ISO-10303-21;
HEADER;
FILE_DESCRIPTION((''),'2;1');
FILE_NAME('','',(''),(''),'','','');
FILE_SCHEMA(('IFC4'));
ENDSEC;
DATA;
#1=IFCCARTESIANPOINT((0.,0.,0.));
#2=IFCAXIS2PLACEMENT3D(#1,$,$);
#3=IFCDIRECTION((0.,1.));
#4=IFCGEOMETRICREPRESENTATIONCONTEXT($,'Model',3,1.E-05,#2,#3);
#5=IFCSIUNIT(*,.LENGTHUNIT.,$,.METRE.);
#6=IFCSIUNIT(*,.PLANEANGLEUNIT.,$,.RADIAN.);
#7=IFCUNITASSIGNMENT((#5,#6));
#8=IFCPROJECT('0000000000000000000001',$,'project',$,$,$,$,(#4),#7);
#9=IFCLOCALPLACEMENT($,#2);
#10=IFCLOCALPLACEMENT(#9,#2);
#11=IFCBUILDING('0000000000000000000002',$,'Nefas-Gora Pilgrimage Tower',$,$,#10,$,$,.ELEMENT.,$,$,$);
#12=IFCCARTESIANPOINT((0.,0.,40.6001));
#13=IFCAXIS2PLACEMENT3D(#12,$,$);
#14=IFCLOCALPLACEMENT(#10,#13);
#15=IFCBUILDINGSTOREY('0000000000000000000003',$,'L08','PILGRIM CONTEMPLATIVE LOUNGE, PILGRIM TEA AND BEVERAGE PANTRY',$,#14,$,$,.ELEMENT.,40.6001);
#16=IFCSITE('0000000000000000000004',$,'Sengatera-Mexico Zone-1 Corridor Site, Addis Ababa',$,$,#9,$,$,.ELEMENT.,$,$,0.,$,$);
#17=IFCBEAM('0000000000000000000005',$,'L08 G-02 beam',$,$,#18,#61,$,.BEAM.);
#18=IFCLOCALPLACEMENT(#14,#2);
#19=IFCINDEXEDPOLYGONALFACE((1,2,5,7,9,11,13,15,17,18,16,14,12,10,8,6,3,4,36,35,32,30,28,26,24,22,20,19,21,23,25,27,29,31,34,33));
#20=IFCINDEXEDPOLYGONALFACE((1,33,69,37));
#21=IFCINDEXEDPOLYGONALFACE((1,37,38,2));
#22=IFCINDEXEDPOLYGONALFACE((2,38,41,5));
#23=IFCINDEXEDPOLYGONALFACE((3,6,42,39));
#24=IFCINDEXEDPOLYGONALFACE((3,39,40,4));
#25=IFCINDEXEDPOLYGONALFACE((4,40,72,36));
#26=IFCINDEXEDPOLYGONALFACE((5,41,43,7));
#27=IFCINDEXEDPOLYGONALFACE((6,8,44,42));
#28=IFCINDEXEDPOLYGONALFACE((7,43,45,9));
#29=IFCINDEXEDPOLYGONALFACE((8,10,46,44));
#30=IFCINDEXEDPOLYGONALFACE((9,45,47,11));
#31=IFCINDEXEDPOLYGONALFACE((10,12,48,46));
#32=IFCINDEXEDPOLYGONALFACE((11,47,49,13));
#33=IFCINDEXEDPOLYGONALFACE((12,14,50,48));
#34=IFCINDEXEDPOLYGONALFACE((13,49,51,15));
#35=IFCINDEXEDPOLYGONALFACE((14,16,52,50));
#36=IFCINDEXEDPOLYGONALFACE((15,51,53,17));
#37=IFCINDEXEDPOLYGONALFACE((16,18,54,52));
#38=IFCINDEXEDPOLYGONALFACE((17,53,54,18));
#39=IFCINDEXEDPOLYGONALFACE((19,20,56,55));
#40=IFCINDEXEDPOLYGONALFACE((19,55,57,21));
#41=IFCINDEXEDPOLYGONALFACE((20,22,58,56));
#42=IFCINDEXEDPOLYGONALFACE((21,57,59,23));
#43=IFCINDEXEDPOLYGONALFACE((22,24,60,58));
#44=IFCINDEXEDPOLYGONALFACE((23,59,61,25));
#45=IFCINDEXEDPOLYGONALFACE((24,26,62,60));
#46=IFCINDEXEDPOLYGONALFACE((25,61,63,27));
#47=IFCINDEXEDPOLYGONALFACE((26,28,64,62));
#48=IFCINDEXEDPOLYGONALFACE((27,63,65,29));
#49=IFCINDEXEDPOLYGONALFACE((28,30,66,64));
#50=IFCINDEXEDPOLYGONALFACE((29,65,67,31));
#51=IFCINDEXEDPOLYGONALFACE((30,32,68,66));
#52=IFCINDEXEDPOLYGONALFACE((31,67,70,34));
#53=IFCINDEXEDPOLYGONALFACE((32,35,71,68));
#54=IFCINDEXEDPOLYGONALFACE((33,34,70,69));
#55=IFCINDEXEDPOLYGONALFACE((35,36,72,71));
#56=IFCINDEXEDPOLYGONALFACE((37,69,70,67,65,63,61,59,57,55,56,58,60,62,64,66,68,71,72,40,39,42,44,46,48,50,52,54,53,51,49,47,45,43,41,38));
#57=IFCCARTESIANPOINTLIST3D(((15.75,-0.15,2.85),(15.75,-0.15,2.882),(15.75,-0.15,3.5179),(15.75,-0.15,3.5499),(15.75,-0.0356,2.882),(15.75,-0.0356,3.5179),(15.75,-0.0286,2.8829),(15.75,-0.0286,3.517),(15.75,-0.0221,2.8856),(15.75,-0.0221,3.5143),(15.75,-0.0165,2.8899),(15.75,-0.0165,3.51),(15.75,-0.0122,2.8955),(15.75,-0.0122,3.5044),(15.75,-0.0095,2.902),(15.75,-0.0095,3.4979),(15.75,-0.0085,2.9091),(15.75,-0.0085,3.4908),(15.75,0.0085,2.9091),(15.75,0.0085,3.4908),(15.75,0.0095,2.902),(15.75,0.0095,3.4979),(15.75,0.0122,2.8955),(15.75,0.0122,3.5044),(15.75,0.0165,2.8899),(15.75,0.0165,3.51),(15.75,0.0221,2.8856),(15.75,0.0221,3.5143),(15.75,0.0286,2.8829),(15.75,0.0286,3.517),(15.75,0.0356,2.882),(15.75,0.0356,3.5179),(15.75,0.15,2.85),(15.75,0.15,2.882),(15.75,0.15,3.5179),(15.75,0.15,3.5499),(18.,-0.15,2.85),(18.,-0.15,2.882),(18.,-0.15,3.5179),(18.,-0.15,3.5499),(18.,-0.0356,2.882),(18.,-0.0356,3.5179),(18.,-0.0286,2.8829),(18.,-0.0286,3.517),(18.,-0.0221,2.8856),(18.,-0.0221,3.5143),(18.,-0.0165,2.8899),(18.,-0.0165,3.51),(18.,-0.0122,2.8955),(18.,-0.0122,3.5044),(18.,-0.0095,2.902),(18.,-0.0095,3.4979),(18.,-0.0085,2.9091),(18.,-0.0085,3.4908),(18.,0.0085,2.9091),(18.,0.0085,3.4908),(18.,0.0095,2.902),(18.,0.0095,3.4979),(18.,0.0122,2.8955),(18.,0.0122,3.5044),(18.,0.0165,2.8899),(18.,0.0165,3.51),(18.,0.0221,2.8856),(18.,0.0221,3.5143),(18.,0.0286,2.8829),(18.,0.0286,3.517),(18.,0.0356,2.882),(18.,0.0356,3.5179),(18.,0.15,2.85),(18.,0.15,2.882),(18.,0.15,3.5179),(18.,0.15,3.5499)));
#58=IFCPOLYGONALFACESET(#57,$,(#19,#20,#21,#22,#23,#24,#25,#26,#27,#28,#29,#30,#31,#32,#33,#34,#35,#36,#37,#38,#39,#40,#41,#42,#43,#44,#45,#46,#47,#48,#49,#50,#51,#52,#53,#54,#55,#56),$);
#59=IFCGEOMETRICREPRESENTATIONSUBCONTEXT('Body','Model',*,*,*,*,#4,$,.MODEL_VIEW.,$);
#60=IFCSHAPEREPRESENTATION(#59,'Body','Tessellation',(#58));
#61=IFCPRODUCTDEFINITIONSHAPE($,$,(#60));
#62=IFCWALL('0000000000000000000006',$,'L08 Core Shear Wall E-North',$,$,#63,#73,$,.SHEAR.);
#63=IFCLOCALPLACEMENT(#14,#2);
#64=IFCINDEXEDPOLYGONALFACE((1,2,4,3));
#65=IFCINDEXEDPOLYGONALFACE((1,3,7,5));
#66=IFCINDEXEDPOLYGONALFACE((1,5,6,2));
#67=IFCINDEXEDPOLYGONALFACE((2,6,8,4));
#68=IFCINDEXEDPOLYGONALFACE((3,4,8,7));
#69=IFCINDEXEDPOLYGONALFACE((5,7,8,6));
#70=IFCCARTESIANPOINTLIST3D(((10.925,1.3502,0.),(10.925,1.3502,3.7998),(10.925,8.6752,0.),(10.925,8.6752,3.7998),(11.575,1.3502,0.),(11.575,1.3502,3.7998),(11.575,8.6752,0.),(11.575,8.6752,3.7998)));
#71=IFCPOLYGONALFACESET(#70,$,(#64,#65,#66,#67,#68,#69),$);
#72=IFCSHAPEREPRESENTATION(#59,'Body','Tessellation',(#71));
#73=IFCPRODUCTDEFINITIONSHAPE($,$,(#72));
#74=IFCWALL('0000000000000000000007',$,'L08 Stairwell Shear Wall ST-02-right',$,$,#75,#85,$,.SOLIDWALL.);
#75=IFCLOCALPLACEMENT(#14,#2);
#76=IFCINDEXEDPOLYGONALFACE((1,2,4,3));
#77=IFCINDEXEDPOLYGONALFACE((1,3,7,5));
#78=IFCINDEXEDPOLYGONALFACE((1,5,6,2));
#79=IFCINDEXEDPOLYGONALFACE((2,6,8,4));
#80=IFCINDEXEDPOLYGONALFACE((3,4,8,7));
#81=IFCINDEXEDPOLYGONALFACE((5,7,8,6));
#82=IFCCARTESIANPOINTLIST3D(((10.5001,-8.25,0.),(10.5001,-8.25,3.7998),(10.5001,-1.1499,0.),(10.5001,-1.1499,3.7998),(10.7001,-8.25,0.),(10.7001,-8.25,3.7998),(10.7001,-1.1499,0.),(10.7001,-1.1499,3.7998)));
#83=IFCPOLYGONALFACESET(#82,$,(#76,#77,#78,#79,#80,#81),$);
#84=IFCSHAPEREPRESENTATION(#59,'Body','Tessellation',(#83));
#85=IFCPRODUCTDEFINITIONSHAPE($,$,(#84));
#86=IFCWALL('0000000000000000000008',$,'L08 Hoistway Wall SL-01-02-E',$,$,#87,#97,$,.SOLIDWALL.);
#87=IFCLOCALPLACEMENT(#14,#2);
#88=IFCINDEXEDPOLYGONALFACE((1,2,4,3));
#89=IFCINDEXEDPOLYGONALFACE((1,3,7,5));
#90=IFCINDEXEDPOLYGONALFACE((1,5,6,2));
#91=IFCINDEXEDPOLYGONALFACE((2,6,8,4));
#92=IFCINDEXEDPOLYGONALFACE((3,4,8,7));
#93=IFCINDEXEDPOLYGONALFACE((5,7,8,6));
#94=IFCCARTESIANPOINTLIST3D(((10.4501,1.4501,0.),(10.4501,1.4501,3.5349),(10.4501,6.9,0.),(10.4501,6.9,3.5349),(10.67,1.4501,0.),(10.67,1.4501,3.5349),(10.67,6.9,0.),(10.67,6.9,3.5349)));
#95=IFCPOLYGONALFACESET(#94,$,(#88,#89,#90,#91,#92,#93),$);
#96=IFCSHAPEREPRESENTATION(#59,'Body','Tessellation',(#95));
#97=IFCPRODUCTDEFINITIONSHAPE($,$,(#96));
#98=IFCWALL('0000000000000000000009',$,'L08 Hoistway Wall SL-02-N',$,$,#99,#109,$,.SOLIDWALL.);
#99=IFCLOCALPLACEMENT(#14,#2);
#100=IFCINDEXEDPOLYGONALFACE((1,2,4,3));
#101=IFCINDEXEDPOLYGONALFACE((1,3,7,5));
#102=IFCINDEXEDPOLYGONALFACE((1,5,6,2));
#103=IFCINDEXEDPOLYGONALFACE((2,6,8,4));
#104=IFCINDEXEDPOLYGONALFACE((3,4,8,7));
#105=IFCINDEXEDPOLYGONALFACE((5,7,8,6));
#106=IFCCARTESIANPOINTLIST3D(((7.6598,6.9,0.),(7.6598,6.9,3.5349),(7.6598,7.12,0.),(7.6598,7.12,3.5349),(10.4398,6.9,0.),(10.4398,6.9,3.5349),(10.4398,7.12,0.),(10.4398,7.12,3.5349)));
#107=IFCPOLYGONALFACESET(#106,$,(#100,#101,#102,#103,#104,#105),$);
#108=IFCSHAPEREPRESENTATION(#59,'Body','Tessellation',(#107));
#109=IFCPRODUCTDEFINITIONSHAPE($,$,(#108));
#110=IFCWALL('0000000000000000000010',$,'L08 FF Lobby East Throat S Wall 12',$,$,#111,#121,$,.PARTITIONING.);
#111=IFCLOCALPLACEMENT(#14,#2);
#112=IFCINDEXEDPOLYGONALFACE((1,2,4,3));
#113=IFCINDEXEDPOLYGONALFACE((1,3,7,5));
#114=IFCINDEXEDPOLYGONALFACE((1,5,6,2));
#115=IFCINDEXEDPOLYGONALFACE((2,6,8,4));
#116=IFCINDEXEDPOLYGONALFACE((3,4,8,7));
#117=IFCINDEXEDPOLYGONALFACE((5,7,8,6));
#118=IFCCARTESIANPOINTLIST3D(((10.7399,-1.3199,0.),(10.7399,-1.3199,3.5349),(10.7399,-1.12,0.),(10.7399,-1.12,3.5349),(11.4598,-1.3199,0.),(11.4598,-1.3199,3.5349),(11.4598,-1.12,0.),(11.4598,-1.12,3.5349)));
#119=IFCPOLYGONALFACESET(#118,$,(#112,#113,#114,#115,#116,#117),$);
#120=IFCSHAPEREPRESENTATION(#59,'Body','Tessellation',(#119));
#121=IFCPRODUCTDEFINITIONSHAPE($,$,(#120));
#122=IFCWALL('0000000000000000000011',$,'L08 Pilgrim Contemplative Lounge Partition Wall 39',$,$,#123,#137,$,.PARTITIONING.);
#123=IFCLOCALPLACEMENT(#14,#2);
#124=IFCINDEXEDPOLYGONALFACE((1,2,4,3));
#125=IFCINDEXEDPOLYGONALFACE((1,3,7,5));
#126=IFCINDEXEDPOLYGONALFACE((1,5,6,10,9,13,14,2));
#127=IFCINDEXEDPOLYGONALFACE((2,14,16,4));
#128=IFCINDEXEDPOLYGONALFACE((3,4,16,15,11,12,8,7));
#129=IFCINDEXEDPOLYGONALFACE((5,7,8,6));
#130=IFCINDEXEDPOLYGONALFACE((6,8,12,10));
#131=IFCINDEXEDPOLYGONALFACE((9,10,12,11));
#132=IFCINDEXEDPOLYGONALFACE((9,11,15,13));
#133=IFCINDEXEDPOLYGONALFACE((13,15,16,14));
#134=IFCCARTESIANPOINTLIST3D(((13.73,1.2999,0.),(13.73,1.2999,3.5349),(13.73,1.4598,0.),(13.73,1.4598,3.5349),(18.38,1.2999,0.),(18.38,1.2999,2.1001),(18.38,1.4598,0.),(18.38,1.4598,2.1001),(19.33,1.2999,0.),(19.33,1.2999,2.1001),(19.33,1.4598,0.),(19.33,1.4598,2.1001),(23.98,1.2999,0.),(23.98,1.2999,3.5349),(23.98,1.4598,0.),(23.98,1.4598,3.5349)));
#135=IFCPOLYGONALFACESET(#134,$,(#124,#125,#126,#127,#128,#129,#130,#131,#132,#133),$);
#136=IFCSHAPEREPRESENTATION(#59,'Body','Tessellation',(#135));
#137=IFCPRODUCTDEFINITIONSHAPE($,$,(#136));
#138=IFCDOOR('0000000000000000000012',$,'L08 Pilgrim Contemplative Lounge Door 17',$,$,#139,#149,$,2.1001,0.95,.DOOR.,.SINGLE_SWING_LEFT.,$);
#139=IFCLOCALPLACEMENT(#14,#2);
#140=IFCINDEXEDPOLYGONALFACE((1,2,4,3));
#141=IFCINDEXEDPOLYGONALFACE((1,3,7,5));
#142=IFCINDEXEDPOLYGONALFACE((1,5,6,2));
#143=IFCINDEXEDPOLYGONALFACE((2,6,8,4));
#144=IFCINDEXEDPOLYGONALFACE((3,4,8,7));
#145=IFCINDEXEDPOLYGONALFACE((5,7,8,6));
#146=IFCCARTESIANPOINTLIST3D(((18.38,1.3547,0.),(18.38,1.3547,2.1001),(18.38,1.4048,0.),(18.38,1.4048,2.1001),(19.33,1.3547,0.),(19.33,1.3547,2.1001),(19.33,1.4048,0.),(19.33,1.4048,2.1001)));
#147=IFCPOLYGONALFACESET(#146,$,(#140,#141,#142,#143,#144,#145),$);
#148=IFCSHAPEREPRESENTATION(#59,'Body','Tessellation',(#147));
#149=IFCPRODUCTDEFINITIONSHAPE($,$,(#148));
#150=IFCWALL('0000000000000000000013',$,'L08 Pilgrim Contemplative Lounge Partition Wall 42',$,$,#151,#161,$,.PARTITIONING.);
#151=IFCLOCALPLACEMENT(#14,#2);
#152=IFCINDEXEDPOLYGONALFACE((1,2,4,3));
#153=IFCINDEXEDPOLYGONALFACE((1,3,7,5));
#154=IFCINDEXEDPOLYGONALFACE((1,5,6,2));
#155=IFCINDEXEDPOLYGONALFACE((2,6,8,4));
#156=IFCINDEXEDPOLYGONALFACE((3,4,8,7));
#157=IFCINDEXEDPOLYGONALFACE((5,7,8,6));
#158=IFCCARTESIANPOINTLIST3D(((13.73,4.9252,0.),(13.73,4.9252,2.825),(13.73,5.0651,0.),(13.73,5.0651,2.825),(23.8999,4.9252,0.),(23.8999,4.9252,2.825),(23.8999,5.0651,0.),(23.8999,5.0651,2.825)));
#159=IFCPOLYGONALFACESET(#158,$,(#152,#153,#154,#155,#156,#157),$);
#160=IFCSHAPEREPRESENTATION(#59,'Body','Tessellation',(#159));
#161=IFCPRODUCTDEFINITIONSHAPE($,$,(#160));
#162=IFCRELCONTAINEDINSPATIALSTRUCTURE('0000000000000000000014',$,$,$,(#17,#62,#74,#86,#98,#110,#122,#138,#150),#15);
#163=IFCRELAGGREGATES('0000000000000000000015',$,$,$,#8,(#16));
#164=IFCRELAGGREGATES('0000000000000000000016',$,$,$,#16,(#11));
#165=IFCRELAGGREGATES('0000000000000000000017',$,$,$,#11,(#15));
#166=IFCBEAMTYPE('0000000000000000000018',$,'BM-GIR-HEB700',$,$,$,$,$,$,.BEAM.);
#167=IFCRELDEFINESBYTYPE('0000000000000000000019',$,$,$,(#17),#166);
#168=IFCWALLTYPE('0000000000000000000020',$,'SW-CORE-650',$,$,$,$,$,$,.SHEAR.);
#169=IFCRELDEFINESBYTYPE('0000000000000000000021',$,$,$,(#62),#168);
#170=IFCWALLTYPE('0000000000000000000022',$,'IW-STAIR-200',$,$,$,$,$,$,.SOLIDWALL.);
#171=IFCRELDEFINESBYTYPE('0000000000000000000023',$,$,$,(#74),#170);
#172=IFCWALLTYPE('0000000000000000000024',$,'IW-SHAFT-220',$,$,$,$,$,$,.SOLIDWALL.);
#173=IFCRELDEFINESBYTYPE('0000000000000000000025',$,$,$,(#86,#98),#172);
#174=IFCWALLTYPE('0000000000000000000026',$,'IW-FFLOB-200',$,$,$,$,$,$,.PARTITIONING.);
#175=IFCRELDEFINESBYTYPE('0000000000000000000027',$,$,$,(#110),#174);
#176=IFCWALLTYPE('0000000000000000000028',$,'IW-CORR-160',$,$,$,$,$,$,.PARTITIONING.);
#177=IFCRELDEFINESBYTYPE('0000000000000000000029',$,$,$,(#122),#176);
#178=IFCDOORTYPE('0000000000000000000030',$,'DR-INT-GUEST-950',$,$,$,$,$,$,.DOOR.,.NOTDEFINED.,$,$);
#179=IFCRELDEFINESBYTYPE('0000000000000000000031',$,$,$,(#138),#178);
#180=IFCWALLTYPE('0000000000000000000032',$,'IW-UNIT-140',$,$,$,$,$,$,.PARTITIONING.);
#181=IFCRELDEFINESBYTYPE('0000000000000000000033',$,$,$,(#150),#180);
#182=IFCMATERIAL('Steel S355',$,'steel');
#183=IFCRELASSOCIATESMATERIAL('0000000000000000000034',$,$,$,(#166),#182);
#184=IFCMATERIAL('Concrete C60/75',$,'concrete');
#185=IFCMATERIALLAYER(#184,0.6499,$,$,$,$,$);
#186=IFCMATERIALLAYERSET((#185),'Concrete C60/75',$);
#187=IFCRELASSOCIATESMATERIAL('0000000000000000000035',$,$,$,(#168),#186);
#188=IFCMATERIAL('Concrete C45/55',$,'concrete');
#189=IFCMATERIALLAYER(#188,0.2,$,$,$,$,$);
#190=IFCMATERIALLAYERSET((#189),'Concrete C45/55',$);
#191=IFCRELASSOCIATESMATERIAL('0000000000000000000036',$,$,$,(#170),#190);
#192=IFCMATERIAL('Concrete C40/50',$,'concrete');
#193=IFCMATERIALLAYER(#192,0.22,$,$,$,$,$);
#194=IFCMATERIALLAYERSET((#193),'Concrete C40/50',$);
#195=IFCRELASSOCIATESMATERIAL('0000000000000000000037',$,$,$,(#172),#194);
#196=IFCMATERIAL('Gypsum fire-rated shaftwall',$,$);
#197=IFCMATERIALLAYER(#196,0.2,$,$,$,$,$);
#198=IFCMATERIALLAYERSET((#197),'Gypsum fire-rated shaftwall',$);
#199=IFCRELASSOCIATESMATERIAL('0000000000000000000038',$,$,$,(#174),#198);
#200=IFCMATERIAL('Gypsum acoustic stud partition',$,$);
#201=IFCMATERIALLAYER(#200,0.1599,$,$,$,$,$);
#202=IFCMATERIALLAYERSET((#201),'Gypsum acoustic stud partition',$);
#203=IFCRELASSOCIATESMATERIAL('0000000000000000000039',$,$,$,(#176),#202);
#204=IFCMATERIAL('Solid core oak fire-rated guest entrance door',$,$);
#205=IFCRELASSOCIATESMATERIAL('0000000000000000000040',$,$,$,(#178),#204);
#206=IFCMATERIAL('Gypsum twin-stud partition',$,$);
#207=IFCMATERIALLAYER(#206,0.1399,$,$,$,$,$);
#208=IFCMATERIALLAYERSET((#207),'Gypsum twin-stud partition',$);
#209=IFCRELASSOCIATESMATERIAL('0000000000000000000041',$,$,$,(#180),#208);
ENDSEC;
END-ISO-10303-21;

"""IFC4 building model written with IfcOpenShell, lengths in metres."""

from ifc_helpers import new_model, si_unit, direction, frame, frame_2d, origin, origin_2d, place, context, subcontext, project, spatial, rectangle, i_section, extrude, source, transform, mapped, material, layer, layer_set, material_profile, profile_set, type_object, element, fill, save


model = new_model("IFC4")

# Units and contexts
model_context = context("Model", 3, precision=1e-05, world=origin(), true_north=direction((0.0, 1.0)))
body_context = subcontext(model_context, "Body", "Model", "MODEL_VIEW")
ifc_project = project(units=[si_unit("LENGTHUNIT", "METRE"), si_unit("PLANEANGLEUNIT", "RADIAN")], contexts=[model_context])

# Site, building, storey
site_placement = place(None, origin())
site = spatial("IfcSite", under=ifc_project, at=site_placement, Name="Sengatera-Mexico Zone-1 Corridor Site, Addis Ababa", CompositionType="ELEMENT", RefElevation=0.0)
building_placement = place(site_placement, origin())
building = spatial("IfcBuilding", under=site, at=building_placement, Name="Nefas-Gora Pilgrimage Tower", CompositionType="ELEMENT")
storey_placement = place(building_placement, frame((0.0, 0.0, 40.6001)))
storey = spatial("IfcBuildingStorey", under=building, at=storey_placement, Name="L08", Description="PILGRIM CONTEMPLATIVE LOUNGE, PILGRIM TEA AND BEVERAGE PANTRY", CompositionType="ELEMENT", Elevation=40.6001)

# Beam
ifc_material_1 = material(Name="Steel S355", Category="steel")
ifc_material_profile_1 = material_profile(ifc_material_1, i_section(OverallWidth=0.3, OverallDepth=0.7, WebThickness=0.0171, FlangeThickness=0.032, FilletRadius=0.0271, at=origin_2d()), Name="HEB 700")
ifc_profile_set_1 = profile_set([ifc_material_profile_1], Name="Steel S355")
beam_type = type_object("IfcBeamType", Name="BM-GIR-HEB700", PredefinedType="BEAM", material=ifc_profile_set_1)
shared_shape_1 = source(origin(), body_context, "Body", "SweptSolid", [
    extrude(i_section(OverallWidth=0.3, OverallDepth=0.7, WebThickness=0.0171, FlangeThickness=0.032, FilletRadius=0.0271, at=origin_2d()), origin(), (0.0, 0.0, 1.0), 2.25),
])
beam_placement = place(storey_placement, frame((15.75, 0.0, 3.2), z_axis=(1.0, 0.0, 0.0), x_axis=(0.0, 1.0, 0.0)))
element("IfcBeam", 1, at=beam_placement, inside=storey, type_object=beam_type, Name="L08 G-02 beam", PredefinedType="BEAM", context=body_context, shape_type="MappedRepresentation", body=[
    mapped(shared_shape_1, transform((0.0, 0.0, 0.0), x_axis=(1.0, 0.0, 0.0), y_axis=(0.0, 1.0, 0.0), z_axis=(0.0, 0.0, 1.0), scale=1.0)),
])

# Walls
ifc_material_2 = material(Name="Concrete C60/75", Category="concrete")
ifc_layer_1 = layer(ifc_material_2, 0.6499)
ifc_layer_set_1 = layer_set([ifc_layer_1], Name="Concrete C60/75")
wall_type_1 = type_object("IfcWallType", Name="SW-CORE-650", PredefinedType="SHEAR", material=ifc_layer_set_1)
shared_shape_2 = source(origin(), body_context, "Body", "SweptSolid", [
    extrude(rectangle(XDim=7.325, YDim=0.6499, at=frame_2d((3.6626, 0.0))), origin(), (0.0, 0.0, 1.0), 3.7998),
])
wall_1_placement = place(storey_placement, frame((11.25, 1.3501, 0.0), z_axis=(0.0, 0.0, 1.0), x_axis=(0.0, 1.0, 0.0)))
element("IfcWall", 2, at=wall_1_placement, inside=storey, type_object=wall_type_1, Name="L08 Core Shear Wall E-North", PredefinedType="SHEAR", context=body_context, shape_type="MappedRepresentation", body=[
    mapped(shared_shape_2, transform((0.0, 0.0, 0.0), x_axis=(1.0, 0.0, 0.0), y_axis=(0.0, 1.0, 0.0), z_axis=(0.0, 0.0, 1.0), scale=1.0)),
])
ifc_material_3 = material(Name="Concrete C45/55", Category="concrete")
ifc_layer_2 = layer(ifc_material_3, 0.2)
ifc_layer_set_2 = layer_set([ifc_layer_2], Name="Concrete C45/55")
wall_type_2 = type_object("IfcWallType", Name="IW-STAIR-200", PredefinedType="SOLIDWALL", material=ifc_layer_set_2)
shared_shape_3 = source(origin(), body_context, "Body", "SweptSolid", [
    extrude(rectangle(XDim=7.1001, YDim=0.2, at=frame_2d((3.55, 0.0))), origin(), (0.0, 0.0, 1.0), 3.7998),
])
wall_2_placement = place(storey_placement, frame((10.6001, -1.1499, 0.0), z_axis=(0.0, 0.0, 1.0), x_axis=(0.0, -1.0, 0.0)))
element("IfcWall", 3, at=wall_2_placement, inside=storey, type_object=wall_type_2, Name="L08 Stairwell Shear Wall ST-02-right", PredefinedType="SOLIDWALL", context=body_context, shape_type="MappedRepresentation", body=[
    mapped(shared_shape_3, transform((0.0, 0.0, 0.0), x_axis=(1.0, 0.0, 0.0), y_axis=(0.0, 1.0, 0.0), z_axis=(0.0, 0.0, 1.0), scale=1.0)),
])
ifc_material_4 = material(Name="Concrete C40/50", Category="concrete")
ifc_layer_3 = layer(ifc_material_4, 0.22)
ifc_layer_set_3 = layer_set([ifc_layer_3], Name="Concrete C40/50")
wall_type_3 = type_object("IfcWallType", Name="IW-SHAFT-220", PredefinedType="SOLIDWALL", material=ifc_layer_set_3)
shared_shape_4 = source(origin(), body_context, "Body", "SweptSolid", [
    extrude(rectangle(XDim=5.45, YDim=0.22, at=frame_2d((2.7251, 0.0))), origin(), (0.0, 0.0, 1.0), 3.5349),
])
wall_3_placement = place(storey_placement, frame((10.5601, 1.45, 0.0), z_axis=(0.0, 0.0, 1.0), x_axis=(0.0, 1.0, 0.0)))
element("IfcWall", 4, at=wall_3_placement, inside=storey, type_object=wall_type_3, Name="L08 Hoistway Wall SL-01-02-E", PredefinedType="SOLIDWALL", context=body_context, shape_type="MappedRepresentation", body=[
    mapped(shared_shape_4, transform((0.0, 0.0, 0.0), x_axis=(1.0, 0.0, 0.0), y_axis=(0.0, 1.0, 0.0), z_axis=(0.0, 0.0, 1.0), scale=1.0)),
])
shared_shape_5 = source(origin(), body_context, "Body", "SweptSolid", [
    extrude(rectangle(XDim=2.78, YDim=0.22, at=frame_2d((1.3901, 0.0))), origin(), (0.0, 0.0, 1.0), 3.5349),
])
wall_4_placement = place(storey_placement, frame((10.4399, 7.01, 0.0), z_axis=(0.0, 0.0, 1.0), x_axis=(-1.0, 0.0, 0.0)))
element("IfcWall", 5, at=wall_4_placement, inside=storey, type_object=wall_type_3, Name="L08 Hoistway Wall SL-02-N", PredefinedType="SOLIDWALL", context=body_context, shape_type="MappedRepresentation", body=[
    mapped(shared_shape_5, transform((0.0, 0.0, 0.0), x_axis=(1.0, 0.0, 0.0), y_axis=(0.0, 1.0, 0.0), z_axis=(0.0, 0.0, 1.0), scale=1.0)),
])
ifc_material_5 = material(Name="Gypsum fire-rated shaftwall")
ifc_layer_4 = layer(ifc_material_5, 0.2)
ifc_layer_set_4 = layer_set([ifc_layer_4], Name="Gypsum fire-rated shaftwall")
wall_type_4 = type_object("IfcWallType", Name="IW-FFLOB-200", PredefinedType="PARTITIONING", material=ifc_layer_set_4)
shared_shape_6 = source(origin(), body_context, "Body", "SweptSolid", [
    extrude(rectangle(XDim=0.72, YDim=0.2, at=frame_2d((0.3599, 0.0))), origin(), (0.0, 0.0, 1.0), 3.5349),
])
wall_5_placement = place(storey_placement, frame((10.74, -1.22, 0.0), z_axis=(0.0, 0.0, 1.0), x_axis=(1.0, 0.0, 0.0)))
element("IfcWall", 6, at=wall_5_placement, inside=storey, type_object=wall_type_4, Name="L08 FF Lobby East Throat S Wall 12", PredefinedType="PARTITIONING", context=body_context, shape_type="MappedRepresentation", body=[
    mapped(shared_shape_6, transform((0.0, 0.0, 0.0), x_axis=(1.0, 0.0, 0.0), y_axis=(0.0, 1.0, 0.0), z_axis=(0.0, 0.0, 1.0), scale=1.0)),
])

# Wall, opening, door
ifc_material_6 = material(Name="Gypsum acoustic stud partition")
ifc_layer_5 = layer(ifc_material_6, 0.1599)
ifc_layer_set_5 = layer_set([ifc_layer_5], Name="Gypsum acoustic stud partition")
wall_type_5 = type_object("IfcWallType", Name="IW-CORR-160", PredefinedType="PARTITIONING", material=ifc_layer_set_5)
shared_shape_7 = source(origin(), body_context, "Body", "SweptSolid", [
    extrude(rectangle(XDim=10.25, YDim=0.1599, at=frame_2d((5.125, 0.0))), origin(), (0.0, 0.0, 1.0), 3.5349),
])
wall_6_placement = place(storey_placement, frame((13.73, 1.3799, 0.0), z_axis=(0.0, 0.0, 1.0), x_axis=(1.0, 0.0, 0.0)))
wall_6 = element("IfcWall", 7, at=wall_6_placement, inside=storey, type_object=wall_type_5, Name="L08 Pilgrim Contemplative Lounge Partition Wall 39", PredefinedType="PARTITIONING", context=body_context, shape_type="MappedRepresentation", body=[
    mapped(shared_shape_7, transform((0.0, 0.0, 0.0), x_axis=(1.0, 0.0, 0.0), y_axis=(0.0, 1.0, 0.0), z_axis=(0.0, 0.0, 1.0), scale=1.0)),
])
opening_1_placement = place(wall_6_placement, frame((4.6499, 0.0, 0.0)))
opening_1 = element("IfcOpeningElement", 8, at=opening_1_placement, cuts=wall_6, PredefinedType="OPENING", context=body_context, shape_type="SweptSolid", body=[
    extrude(rectangle(XDim=0.95, YDim=2.1001, at=frame_2d((0.4751, 1.05))), frame((0.0, 0.0898, 0.0), z_axis=(0.0, -1.0, 0.0), x_axis=(1.0, 0.0, 0.0)), (0.0, 0.0, 1.0), 0.1799),
])
ifc_material_7 = material(Name="Solid core oak fire-rated guest entrance door")
door_type = type_object("IfcDoorType", Name="DR-INT-GUEST-950", OperationType="NOTDEFINED", PredefinedType="DOOR", material=ifc_material_7)
shared_shape_8 = source(origin(), body_context, "Body", "SweptSolid", [
    extrude(rectangle(XDim=0.95, YDim=2.1001, at=frame_2d((0.4751, 1.05))), frame((0.0, 0.0249, 0.0), z_axis=(0.0, -1.0, 0.0), x_axis=(1.0, 0.0, 0.0)), (0.0, 0.0, 1.0), 0.05),
])
door_1_placement = place(opening_1_placement, origin())
door_1 = element("IfcDoor", 9, at=door_1_placement, inside=storey, type_object=door_type, Name="L08 Pilgrim Contemplative Lounge Door 17", OperationType="SINGLE_SWING_LEFT", OverallHeight=2.1001, OverallWidth=0.95, PredefinedType="DOOR", context=body_context, shape_type="MappedRepresentation", body=[
    mapped(shared_shape_8, transform((0.0, 0.0, 0.0), x_axis=(1.0, 0.0, 0.0), y_axis=(0.0, 1.0, 0.0), z_axis=(0.0, 0.0, 1.0), scale=1.0)),
])
fill(opening_1, door_1)

# Wall
ifc_material_8 = material(Name="Gypsum twin-stud partition")
ifc_layer_6 = layer(ifc_material_8, 0.1399)
ifc_layer_set_6 = layer_set([ifc_layer_6], Name="Gypsum twin-stud partition")
wall_type_6 = type_object("IfcWallType", Name="IW-UNIT-140", PredefinedType="PARTITIONING", material=ifc_layer_set_6)
shared_shape_9 = source(origin(), body_context, "Body", "SweptSolid", [
    extrude(rectangle(XDim=10.1699, YDim=0.1399, at=frame_2d((5.085, 0.0))), origin(), (0.0, 0.0, 1.0), 2.825),
])
wall_7_placement = place(storey_placement, frame((13.73, 4.9951, 0.0), z_axis=(0.0, 0.0, 1.0), x_axis=(1.0, 0.0, 0.0)))
element("IfcWall", 10, at=wall_7_placement, inside=storey, type_object=wall_type_6, Name="L08 Pilgrim Contemplative Lounge Partition Wall 42", PredefinedType="PARTITIONING", context=body_context, shape_type="MappedRepresentation", body=[
    mapped(shared_shape_9, transform((0.0, 0.0, 0.0), x_axis=(1.0, 0.0, 0.0), y_axis=(0.0, 1.0, 0.0), z_axis=(0.0, 0.0, 1.0), scale=1.0)),
])

save(model, "model.ifc")
